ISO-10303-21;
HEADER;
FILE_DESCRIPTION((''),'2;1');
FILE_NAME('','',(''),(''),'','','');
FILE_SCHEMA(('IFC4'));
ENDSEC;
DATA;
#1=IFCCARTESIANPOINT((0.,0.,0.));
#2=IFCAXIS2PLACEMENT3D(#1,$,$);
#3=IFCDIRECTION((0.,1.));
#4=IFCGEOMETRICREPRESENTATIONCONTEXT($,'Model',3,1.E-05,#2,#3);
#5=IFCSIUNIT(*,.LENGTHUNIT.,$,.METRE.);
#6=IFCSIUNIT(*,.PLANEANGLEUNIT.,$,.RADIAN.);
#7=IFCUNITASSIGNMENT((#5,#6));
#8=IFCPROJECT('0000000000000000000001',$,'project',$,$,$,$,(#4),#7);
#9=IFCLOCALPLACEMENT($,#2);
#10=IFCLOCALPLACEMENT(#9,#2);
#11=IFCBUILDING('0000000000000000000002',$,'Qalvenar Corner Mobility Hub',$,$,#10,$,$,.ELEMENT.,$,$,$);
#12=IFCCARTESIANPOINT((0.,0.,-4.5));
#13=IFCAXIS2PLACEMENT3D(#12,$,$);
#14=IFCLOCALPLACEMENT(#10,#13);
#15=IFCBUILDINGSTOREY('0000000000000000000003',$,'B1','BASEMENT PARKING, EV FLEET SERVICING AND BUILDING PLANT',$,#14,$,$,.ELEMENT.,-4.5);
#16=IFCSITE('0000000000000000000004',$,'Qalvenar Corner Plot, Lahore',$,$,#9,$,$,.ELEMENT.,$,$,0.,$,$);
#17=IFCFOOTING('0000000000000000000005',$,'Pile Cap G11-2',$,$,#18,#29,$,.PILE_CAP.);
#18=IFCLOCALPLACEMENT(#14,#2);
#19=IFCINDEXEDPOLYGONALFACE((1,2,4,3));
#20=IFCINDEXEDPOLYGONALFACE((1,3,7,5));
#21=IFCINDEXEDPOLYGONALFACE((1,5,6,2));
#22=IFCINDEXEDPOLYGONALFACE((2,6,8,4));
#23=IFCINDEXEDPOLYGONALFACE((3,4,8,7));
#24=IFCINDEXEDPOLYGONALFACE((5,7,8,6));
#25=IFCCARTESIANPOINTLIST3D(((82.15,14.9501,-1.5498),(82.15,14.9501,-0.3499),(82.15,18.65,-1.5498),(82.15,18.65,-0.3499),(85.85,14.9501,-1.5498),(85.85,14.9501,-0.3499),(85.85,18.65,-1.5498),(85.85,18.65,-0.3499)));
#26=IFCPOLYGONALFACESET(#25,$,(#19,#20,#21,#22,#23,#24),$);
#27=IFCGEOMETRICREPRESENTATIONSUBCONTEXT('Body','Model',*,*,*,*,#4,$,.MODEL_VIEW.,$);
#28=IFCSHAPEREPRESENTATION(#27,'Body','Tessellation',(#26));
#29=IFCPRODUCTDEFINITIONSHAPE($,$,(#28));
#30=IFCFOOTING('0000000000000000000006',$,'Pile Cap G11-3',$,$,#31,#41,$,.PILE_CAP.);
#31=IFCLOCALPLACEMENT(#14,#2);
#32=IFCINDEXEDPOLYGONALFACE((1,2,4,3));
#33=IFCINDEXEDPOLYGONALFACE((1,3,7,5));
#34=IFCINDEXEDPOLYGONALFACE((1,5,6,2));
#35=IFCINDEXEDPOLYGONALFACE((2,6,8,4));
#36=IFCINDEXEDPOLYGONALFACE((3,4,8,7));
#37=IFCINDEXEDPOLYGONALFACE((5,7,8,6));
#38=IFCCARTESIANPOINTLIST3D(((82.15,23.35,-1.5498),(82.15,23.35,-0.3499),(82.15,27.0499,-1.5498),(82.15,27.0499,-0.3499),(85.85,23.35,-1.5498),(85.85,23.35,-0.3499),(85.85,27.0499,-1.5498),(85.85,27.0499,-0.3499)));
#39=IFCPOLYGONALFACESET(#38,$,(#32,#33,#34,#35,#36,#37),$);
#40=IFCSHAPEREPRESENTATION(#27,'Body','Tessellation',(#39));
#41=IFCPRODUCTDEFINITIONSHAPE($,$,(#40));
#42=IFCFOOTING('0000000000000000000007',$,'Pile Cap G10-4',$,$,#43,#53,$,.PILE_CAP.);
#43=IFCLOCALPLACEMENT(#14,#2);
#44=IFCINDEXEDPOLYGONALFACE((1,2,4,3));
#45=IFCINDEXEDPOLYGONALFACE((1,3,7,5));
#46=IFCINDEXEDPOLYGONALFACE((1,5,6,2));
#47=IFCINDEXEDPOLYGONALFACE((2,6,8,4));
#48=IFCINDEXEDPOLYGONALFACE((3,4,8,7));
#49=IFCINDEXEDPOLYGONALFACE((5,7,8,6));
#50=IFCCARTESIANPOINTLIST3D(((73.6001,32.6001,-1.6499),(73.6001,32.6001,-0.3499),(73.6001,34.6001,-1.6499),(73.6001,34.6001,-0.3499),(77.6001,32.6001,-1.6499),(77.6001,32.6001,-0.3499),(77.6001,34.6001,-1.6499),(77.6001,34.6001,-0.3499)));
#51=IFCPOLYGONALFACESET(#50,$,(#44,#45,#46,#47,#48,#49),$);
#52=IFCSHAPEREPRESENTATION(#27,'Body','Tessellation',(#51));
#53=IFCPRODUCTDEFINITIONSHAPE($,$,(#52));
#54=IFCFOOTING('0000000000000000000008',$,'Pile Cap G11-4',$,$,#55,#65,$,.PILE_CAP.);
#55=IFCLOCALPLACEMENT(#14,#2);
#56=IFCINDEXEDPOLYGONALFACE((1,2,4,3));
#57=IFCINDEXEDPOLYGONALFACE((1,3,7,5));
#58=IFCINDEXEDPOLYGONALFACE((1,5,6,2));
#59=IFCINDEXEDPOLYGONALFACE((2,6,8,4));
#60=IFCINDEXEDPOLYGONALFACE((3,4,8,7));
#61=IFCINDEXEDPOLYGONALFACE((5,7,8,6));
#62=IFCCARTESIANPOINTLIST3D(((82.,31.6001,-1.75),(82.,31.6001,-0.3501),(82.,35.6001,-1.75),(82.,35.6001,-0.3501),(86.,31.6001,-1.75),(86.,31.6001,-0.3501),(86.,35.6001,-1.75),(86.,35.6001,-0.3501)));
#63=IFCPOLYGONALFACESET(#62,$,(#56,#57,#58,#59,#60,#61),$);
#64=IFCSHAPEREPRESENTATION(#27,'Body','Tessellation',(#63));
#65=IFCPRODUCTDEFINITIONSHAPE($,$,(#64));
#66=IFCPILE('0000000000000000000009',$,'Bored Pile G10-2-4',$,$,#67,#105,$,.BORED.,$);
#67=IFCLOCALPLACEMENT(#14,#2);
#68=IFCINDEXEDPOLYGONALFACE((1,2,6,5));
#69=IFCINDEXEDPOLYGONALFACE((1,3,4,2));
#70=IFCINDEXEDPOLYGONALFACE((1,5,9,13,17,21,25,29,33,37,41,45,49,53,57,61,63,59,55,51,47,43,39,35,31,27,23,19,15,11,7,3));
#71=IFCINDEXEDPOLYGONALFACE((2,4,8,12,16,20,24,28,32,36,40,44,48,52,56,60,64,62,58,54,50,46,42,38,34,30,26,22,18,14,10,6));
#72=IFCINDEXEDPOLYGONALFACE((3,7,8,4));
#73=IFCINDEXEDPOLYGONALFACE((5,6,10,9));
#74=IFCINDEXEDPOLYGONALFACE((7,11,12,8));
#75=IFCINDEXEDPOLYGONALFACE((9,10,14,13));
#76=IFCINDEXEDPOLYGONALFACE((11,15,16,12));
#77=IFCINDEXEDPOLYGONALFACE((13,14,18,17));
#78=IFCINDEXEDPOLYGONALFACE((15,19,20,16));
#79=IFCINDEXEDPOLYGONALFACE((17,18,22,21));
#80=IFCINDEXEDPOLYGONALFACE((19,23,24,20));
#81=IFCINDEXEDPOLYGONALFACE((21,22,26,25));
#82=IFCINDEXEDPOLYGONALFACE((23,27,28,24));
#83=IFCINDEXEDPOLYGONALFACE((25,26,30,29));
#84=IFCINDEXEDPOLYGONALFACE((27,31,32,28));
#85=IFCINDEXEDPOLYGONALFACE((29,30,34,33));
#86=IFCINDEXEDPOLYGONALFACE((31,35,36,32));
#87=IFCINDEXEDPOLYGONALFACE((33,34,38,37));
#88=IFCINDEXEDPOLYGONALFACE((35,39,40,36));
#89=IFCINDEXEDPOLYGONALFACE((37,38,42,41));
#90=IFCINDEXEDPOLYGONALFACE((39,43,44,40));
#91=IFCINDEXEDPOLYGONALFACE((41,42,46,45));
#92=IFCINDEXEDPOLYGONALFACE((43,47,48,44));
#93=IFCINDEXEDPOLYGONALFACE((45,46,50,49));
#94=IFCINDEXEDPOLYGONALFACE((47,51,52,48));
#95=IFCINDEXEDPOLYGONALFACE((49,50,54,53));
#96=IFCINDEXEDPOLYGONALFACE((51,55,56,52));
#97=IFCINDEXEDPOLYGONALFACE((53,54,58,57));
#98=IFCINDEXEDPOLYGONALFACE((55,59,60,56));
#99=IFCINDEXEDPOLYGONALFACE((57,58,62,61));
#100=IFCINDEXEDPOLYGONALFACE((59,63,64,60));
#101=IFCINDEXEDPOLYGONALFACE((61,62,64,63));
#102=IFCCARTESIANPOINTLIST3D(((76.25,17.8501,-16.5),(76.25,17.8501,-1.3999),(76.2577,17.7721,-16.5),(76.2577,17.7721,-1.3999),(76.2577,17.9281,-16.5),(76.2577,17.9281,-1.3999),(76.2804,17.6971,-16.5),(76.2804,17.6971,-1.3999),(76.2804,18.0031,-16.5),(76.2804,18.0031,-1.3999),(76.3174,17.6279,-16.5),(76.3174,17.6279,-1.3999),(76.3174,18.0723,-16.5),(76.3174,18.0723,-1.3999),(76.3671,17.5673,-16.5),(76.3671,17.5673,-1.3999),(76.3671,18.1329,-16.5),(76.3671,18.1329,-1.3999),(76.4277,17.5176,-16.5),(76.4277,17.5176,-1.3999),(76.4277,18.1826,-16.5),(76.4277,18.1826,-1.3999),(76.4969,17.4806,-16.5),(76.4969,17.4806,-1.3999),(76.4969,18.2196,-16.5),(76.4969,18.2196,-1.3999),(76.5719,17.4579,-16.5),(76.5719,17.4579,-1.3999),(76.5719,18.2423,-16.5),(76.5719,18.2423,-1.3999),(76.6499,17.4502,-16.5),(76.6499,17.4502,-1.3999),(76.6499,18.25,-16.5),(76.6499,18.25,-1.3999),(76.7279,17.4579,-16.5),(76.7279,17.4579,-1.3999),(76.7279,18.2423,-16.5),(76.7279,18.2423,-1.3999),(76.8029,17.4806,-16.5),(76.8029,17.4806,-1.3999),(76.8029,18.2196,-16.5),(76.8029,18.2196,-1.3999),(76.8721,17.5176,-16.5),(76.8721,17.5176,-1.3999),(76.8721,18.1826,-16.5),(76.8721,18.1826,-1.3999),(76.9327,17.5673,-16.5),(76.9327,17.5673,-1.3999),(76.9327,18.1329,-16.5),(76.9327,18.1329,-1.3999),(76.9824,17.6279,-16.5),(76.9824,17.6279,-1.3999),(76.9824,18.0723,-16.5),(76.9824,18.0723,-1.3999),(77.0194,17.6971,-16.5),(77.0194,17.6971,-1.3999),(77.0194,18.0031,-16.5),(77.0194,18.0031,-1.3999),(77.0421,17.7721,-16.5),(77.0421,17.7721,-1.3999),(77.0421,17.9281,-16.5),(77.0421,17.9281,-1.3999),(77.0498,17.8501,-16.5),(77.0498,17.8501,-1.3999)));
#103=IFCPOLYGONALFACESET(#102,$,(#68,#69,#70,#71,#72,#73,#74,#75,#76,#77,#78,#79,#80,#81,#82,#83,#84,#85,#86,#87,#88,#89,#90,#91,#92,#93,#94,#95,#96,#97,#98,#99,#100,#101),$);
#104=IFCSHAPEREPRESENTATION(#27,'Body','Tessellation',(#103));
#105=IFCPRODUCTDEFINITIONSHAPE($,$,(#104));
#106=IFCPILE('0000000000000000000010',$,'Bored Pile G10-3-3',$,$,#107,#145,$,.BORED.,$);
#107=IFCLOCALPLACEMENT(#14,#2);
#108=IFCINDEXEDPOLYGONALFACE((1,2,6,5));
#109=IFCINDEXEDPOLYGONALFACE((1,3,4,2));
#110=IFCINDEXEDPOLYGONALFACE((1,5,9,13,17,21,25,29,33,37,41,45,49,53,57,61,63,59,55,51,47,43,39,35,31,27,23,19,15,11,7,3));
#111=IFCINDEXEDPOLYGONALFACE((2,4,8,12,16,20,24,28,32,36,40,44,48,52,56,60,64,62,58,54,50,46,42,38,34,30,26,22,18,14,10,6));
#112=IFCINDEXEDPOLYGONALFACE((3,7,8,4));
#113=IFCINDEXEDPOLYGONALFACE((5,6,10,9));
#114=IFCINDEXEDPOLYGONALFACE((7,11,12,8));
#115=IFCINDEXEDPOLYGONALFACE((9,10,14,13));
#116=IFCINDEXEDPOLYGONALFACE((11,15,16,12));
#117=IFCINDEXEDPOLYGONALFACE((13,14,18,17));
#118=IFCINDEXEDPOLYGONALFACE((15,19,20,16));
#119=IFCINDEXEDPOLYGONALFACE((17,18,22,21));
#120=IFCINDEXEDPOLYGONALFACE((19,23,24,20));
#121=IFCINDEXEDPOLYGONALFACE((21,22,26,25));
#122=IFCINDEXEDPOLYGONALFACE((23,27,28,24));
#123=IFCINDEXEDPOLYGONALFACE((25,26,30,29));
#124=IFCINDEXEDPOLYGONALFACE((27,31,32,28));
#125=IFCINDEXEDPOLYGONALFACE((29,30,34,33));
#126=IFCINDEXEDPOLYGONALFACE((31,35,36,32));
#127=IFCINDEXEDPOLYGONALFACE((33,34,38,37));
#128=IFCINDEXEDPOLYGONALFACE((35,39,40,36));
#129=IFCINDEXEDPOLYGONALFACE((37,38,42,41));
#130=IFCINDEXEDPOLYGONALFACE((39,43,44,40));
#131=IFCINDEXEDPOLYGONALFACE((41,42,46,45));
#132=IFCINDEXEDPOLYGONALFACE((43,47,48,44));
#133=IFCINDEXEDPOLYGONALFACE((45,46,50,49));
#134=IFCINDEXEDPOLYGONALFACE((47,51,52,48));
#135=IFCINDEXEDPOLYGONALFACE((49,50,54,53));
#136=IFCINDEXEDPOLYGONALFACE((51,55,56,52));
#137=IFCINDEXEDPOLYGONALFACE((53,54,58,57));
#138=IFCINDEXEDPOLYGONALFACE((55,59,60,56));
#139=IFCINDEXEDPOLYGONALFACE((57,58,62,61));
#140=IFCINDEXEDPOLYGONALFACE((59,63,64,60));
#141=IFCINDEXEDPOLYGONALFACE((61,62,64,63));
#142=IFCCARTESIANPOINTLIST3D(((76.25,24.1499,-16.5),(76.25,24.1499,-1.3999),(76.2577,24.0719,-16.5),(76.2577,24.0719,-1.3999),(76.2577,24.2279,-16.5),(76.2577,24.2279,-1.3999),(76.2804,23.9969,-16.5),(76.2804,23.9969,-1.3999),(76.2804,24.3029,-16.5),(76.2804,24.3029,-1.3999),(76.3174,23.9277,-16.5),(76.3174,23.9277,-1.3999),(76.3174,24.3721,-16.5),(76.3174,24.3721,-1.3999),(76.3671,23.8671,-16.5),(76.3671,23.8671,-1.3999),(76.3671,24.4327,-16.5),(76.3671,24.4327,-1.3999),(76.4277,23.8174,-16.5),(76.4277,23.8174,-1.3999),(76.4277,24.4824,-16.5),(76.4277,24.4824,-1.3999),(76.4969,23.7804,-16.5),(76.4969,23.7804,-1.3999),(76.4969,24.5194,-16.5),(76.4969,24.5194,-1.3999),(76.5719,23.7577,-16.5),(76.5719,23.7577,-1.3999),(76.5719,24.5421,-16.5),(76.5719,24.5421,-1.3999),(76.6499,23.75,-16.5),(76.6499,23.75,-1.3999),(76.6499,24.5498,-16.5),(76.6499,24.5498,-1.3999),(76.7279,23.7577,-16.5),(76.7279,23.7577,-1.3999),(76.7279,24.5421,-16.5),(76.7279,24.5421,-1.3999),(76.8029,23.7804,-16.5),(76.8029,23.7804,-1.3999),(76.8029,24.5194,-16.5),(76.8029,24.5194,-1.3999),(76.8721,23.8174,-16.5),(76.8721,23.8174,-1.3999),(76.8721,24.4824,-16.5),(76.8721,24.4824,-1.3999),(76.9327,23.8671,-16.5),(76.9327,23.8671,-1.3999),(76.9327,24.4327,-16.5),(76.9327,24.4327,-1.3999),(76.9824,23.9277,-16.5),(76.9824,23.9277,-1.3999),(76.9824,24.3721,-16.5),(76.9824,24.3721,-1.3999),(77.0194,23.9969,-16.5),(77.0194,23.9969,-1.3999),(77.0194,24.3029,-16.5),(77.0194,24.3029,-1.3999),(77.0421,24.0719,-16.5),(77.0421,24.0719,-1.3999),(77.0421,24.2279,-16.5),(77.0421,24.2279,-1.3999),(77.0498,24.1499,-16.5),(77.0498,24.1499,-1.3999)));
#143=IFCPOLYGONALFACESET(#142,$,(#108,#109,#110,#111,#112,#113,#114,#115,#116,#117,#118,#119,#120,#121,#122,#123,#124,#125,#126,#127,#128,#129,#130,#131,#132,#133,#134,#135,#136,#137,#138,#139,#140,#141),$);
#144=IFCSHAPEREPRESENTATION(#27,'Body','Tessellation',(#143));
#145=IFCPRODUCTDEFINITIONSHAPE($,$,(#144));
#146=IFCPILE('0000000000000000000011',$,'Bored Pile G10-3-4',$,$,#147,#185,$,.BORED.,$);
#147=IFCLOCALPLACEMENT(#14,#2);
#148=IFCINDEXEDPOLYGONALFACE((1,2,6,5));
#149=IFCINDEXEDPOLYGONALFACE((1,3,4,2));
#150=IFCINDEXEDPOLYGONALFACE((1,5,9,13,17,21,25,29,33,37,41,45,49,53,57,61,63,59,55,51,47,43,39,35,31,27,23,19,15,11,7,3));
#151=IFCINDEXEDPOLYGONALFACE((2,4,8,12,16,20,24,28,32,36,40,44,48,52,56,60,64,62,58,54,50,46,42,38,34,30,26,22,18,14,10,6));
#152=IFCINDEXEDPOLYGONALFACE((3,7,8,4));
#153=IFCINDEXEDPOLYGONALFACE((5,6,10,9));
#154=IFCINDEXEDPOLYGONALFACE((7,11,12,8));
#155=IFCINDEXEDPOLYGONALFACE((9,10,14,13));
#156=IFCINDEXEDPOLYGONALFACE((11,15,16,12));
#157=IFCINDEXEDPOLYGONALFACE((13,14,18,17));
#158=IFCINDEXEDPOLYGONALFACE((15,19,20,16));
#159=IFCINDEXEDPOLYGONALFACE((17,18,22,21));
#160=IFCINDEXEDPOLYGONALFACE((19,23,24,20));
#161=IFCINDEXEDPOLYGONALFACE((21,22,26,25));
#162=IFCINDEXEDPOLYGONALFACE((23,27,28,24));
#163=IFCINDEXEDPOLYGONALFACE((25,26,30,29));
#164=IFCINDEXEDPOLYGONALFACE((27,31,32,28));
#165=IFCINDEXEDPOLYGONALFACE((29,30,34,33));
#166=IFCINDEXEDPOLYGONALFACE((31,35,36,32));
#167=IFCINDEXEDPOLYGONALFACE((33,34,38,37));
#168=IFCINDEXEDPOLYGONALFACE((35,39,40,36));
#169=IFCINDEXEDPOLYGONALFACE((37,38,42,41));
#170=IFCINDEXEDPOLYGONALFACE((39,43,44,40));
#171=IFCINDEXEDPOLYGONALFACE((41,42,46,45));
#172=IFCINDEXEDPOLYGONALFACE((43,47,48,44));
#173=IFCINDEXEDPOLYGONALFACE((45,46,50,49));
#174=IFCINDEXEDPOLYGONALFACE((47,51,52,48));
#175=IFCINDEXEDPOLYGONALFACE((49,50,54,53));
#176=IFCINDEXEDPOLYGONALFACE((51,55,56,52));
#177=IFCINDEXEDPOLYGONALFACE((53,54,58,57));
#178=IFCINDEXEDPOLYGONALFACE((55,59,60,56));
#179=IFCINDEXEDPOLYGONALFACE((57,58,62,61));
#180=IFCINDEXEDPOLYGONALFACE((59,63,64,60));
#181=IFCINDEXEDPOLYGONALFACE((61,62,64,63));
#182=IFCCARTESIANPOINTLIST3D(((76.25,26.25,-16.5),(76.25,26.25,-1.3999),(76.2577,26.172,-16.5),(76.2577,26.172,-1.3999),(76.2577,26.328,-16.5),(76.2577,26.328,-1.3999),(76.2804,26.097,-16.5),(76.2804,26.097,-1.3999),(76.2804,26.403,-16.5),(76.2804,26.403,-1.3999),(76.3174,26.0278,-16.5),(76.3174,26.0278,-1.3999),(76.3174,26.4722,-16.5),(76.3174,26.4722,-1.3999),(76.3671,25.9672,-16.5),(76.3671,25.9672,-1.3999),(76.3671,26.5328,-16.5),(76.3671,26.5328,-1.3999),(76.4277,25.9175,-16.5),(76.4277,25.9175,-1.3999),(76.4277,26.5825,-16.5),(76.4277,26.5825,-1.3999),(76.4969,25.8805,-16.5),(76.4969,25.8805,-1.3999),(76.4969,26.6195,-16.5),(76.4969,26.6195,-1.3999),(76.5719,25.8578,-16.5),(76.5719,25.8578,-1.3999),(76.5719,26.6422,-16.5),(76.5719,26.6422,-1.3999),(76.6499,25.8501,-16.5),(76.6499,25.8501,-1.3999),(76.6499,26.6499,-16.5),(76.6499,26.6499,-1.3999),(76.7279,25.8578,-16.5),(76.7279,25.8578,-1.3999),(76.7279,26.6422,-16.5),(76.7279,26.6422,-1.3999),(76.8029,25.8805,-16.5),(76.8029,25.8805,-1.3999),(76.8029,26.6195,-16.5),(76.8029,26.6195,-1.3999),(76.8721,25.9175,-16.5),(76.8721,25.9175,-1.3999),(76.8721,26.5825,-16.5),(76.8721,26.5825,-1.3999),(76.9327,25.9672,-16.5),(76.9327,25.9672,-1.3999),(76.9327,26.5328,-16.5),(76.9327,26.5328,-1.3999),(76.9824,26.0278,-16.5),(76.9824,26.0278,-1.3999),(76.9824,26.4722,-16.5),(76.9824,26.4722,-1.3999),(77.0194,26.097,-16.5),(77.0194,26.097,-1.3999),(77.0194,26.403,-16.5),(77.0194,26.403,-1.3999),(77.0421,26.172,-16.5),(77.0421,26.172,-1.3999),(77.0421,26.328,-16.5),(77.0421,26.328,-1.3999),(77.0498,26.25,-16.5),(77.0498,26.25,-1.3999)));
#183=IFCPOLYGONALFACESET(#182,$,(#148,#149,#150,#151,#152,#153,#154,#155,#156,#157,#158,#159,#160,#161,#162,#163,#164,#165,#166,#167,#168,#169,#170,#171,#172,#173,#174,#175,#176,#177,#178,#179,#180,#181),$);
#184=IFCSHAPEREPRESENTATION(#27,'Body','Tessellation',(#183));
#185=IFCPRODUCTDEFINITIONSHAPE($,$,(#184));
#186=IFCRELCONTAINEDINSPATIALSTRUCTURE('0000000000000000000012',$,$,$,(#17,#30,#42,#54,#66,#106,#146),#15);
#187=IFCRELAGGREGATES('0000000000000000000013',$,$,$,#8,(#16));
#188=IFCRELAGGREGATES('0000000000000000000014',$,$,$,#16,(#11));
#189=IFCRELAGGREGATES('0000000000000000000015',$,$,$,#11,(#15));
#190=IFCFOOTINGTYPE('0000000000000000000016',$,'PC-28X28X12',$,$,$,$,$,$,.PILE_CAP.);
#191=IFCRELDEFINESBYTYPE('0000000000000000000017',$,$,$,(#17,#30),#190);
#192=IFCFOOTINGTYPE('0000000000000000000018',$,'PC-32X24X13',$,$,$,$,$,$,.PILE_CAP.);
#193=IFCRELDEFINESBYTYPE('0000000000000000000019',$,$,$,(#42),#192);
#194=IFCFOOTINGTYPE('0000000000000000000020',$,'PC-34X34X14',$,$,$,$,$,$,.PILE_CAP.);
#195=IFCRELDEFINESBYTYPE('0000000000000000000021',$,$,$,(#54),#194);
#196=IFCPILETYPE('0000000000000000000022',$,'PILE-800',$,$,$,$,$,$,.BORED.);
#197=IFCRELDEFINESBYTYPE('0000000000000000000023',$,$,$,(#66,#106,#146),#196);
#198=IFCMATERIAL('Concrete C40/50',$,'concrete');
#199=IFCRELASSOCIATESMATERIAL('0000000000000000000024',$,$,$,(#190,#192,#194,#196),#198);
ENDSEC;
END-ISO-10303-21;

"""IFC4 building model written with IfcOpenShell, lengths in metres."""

from ifc_helpers import new_model, si_unit, direction, frame, origin, origin_2d, place, context, subcontext, project, spatial, rectangle, circle, extrude, material, material_profile, profile_set, type_object, element, save


model = new_model("IFC4")

# Units and contexts
model_context = context("Model", 3, precision=1e-05, world=origin(), true_north=direction((0.0, 1.0)))
body_context = subcontext(model_context, "Body", "Model", "MODEL_VIEW")
ifc_project = project(units=[si_unit("LENGTHUNIT", "METRE"), si_unit("PLANEANGLEUNIT", "RADIAN")], contexts=[model_context])

# Site, building, storey
site_placement = place(None, origin())
site = spatial("IfcSite", under=ifc_project, at=site_placement, Name="Qalvenar Corner Plot, Lahore", CompositionType="ELEMENT", RefElevation=0.0)
building_placement = place(site_placement, origin())
building = spatial("IfcBuilding", under=site, at=building_placement, Name="Qalvenar Corner Mobility Hub", CompositionType="ELEMENT")
storey_placement = place(building_placement, frame((0.0, 0.0, -4.5)))
storey = spatial("IfcBuildingStorey", under=building, at=storey_placement, Name="B1", Description="BASEMENT PARKING, EV FLEET SERVICING AND BUILDING PLANT", CompositionType="ELEMENT", Elevation=-4.5)

# Footings
ifc_material_1 = material(Name="Concrete C40/50", Category="concrete")
footing_type_1 = type_object("IfcFootingType", Name="PC-28X28X12", PredefinedType="PILE_CAP", material=ifc_material_1)
for number, where, z_axis, x_axis, name in (
    (1, (84.0, 16.8, -1.5498), (0.0, 0.0, 1.0), (1.0, 0.0, 0.0), "Pile Cap G11-2"),
    (2, (84.0, 25.2, -1.5498), (0.0, 0.0, 1.0), (1.0, 0.0, 0.0), "Pile Cap G11-3"),
):
    element("IfcFooting", number, at=place(storey_placement, frame(where, z_axis=z_axis, x_axis=x_axis)), inside=storey, type_object=footing_type_1, Name=name, PredefinedType="PILE_CAP", context=body_context, shape_type="SweptSolid", body=[
        extrude(rectangle(XDim=3.7, YDim=3.7, at=origin_2d()), origin(), (0.0, 0.0, 1.0), 1.2),
    ])
footing_type_2 = type_object("IfcFootingType", Name="PC-32X24X13", PredefinedType="PILE_CAP", material=ifc_material_1)
footing_1_placement = place(storey_placement, frame((75.6001, 33.6001, -1.6499), z_axis=(0.0, 0.0, 1.0), x_axis=(1.0, 0.0, 0.0)))
element("IfcFooting", 3, at=footing_1_placement, inside=storey, type_object=footing_type_2, Name="Pile Cap G10-4", PredefinedType="PILE_CAP", context=body_context, shape_type="SweptSolid", body=[
    extrude(rectangle(XDim=4.0, YDim=2.0, at=origin_2d()), origin(), (0.0, 0.0, 1.0), 1.3),
])
footing_type_3 = type_object("IfcFootingType", Name="PC-34X34X14", PredefinedType="PILE_CAP", material=ifc_material_1)
footing_2_placement = place(storey_placement, frame((84.0, 33.6001, -1.75), z_axis=(0.0, 0.0, 1.0), x_axis=(1.0, 0.0, 0.0)))
element("IfcFooting", 4, at=footing_2_placement, inside=storey, type_object=footing_type_3, Name="Pile Cap G11-4", PredefinedType="PILE_CAP", context=body_context, shape_type="SweptSolid", body=[
    extrude(rectangle(XDim=4.0, YDim=4.0, at=origin_2d()), origin(), (0.0, 0.0, 1.0), 1.3999),
])

# Piles
ifc_material_profile_1 = material_profile(ifc_material_1, circle(Radius=0.3999, at=origin_2d()), Name="DIA800")
ifc_profile_set_1 = profile_set([ifc_material_profile_1], Name="Concrete C40/50")
pile_type_1 = type_object("IfcPileType", Name="PILE-800", PredefinedType="BORED", material=ifc_profile_set_1)
for number, where, z_axis, x_axis, name in (
    (5, (76.6499, 17.8501, -1.3999), (0.0, 0.0, -1.0), (1.0, 0.0, 0.0), "Bored Pile G10-2-4"),
    (6, (76.6499, 24.1499, -1.3999), (0.0, 0.0, -1.0), (1.0, 0.0, 0.0), "Bored Pile G10-3-3"),
    (7, (76.6499, 26.25, -1.3999), (0.0, 0.0, -1.0), (1.0, 0.0, 0.0), "Bored Pile G10-3-4"),
):
    element("IfcPile", number, at=place(storey_placement, frame(where, z_axis=z_axis, x_axis=x_axis)), inside=storey, type_object=pile_type_1, Name=name, PredefinedType="BORED", context=body_context, shape_type="SweptSolid", body=[
        extrude(circle(Radius=0.3999, at=origin_2d()), origin(), (0.0, 0.0, 1.0), 15.1001),
    ])

save(model, "model.ifc")
